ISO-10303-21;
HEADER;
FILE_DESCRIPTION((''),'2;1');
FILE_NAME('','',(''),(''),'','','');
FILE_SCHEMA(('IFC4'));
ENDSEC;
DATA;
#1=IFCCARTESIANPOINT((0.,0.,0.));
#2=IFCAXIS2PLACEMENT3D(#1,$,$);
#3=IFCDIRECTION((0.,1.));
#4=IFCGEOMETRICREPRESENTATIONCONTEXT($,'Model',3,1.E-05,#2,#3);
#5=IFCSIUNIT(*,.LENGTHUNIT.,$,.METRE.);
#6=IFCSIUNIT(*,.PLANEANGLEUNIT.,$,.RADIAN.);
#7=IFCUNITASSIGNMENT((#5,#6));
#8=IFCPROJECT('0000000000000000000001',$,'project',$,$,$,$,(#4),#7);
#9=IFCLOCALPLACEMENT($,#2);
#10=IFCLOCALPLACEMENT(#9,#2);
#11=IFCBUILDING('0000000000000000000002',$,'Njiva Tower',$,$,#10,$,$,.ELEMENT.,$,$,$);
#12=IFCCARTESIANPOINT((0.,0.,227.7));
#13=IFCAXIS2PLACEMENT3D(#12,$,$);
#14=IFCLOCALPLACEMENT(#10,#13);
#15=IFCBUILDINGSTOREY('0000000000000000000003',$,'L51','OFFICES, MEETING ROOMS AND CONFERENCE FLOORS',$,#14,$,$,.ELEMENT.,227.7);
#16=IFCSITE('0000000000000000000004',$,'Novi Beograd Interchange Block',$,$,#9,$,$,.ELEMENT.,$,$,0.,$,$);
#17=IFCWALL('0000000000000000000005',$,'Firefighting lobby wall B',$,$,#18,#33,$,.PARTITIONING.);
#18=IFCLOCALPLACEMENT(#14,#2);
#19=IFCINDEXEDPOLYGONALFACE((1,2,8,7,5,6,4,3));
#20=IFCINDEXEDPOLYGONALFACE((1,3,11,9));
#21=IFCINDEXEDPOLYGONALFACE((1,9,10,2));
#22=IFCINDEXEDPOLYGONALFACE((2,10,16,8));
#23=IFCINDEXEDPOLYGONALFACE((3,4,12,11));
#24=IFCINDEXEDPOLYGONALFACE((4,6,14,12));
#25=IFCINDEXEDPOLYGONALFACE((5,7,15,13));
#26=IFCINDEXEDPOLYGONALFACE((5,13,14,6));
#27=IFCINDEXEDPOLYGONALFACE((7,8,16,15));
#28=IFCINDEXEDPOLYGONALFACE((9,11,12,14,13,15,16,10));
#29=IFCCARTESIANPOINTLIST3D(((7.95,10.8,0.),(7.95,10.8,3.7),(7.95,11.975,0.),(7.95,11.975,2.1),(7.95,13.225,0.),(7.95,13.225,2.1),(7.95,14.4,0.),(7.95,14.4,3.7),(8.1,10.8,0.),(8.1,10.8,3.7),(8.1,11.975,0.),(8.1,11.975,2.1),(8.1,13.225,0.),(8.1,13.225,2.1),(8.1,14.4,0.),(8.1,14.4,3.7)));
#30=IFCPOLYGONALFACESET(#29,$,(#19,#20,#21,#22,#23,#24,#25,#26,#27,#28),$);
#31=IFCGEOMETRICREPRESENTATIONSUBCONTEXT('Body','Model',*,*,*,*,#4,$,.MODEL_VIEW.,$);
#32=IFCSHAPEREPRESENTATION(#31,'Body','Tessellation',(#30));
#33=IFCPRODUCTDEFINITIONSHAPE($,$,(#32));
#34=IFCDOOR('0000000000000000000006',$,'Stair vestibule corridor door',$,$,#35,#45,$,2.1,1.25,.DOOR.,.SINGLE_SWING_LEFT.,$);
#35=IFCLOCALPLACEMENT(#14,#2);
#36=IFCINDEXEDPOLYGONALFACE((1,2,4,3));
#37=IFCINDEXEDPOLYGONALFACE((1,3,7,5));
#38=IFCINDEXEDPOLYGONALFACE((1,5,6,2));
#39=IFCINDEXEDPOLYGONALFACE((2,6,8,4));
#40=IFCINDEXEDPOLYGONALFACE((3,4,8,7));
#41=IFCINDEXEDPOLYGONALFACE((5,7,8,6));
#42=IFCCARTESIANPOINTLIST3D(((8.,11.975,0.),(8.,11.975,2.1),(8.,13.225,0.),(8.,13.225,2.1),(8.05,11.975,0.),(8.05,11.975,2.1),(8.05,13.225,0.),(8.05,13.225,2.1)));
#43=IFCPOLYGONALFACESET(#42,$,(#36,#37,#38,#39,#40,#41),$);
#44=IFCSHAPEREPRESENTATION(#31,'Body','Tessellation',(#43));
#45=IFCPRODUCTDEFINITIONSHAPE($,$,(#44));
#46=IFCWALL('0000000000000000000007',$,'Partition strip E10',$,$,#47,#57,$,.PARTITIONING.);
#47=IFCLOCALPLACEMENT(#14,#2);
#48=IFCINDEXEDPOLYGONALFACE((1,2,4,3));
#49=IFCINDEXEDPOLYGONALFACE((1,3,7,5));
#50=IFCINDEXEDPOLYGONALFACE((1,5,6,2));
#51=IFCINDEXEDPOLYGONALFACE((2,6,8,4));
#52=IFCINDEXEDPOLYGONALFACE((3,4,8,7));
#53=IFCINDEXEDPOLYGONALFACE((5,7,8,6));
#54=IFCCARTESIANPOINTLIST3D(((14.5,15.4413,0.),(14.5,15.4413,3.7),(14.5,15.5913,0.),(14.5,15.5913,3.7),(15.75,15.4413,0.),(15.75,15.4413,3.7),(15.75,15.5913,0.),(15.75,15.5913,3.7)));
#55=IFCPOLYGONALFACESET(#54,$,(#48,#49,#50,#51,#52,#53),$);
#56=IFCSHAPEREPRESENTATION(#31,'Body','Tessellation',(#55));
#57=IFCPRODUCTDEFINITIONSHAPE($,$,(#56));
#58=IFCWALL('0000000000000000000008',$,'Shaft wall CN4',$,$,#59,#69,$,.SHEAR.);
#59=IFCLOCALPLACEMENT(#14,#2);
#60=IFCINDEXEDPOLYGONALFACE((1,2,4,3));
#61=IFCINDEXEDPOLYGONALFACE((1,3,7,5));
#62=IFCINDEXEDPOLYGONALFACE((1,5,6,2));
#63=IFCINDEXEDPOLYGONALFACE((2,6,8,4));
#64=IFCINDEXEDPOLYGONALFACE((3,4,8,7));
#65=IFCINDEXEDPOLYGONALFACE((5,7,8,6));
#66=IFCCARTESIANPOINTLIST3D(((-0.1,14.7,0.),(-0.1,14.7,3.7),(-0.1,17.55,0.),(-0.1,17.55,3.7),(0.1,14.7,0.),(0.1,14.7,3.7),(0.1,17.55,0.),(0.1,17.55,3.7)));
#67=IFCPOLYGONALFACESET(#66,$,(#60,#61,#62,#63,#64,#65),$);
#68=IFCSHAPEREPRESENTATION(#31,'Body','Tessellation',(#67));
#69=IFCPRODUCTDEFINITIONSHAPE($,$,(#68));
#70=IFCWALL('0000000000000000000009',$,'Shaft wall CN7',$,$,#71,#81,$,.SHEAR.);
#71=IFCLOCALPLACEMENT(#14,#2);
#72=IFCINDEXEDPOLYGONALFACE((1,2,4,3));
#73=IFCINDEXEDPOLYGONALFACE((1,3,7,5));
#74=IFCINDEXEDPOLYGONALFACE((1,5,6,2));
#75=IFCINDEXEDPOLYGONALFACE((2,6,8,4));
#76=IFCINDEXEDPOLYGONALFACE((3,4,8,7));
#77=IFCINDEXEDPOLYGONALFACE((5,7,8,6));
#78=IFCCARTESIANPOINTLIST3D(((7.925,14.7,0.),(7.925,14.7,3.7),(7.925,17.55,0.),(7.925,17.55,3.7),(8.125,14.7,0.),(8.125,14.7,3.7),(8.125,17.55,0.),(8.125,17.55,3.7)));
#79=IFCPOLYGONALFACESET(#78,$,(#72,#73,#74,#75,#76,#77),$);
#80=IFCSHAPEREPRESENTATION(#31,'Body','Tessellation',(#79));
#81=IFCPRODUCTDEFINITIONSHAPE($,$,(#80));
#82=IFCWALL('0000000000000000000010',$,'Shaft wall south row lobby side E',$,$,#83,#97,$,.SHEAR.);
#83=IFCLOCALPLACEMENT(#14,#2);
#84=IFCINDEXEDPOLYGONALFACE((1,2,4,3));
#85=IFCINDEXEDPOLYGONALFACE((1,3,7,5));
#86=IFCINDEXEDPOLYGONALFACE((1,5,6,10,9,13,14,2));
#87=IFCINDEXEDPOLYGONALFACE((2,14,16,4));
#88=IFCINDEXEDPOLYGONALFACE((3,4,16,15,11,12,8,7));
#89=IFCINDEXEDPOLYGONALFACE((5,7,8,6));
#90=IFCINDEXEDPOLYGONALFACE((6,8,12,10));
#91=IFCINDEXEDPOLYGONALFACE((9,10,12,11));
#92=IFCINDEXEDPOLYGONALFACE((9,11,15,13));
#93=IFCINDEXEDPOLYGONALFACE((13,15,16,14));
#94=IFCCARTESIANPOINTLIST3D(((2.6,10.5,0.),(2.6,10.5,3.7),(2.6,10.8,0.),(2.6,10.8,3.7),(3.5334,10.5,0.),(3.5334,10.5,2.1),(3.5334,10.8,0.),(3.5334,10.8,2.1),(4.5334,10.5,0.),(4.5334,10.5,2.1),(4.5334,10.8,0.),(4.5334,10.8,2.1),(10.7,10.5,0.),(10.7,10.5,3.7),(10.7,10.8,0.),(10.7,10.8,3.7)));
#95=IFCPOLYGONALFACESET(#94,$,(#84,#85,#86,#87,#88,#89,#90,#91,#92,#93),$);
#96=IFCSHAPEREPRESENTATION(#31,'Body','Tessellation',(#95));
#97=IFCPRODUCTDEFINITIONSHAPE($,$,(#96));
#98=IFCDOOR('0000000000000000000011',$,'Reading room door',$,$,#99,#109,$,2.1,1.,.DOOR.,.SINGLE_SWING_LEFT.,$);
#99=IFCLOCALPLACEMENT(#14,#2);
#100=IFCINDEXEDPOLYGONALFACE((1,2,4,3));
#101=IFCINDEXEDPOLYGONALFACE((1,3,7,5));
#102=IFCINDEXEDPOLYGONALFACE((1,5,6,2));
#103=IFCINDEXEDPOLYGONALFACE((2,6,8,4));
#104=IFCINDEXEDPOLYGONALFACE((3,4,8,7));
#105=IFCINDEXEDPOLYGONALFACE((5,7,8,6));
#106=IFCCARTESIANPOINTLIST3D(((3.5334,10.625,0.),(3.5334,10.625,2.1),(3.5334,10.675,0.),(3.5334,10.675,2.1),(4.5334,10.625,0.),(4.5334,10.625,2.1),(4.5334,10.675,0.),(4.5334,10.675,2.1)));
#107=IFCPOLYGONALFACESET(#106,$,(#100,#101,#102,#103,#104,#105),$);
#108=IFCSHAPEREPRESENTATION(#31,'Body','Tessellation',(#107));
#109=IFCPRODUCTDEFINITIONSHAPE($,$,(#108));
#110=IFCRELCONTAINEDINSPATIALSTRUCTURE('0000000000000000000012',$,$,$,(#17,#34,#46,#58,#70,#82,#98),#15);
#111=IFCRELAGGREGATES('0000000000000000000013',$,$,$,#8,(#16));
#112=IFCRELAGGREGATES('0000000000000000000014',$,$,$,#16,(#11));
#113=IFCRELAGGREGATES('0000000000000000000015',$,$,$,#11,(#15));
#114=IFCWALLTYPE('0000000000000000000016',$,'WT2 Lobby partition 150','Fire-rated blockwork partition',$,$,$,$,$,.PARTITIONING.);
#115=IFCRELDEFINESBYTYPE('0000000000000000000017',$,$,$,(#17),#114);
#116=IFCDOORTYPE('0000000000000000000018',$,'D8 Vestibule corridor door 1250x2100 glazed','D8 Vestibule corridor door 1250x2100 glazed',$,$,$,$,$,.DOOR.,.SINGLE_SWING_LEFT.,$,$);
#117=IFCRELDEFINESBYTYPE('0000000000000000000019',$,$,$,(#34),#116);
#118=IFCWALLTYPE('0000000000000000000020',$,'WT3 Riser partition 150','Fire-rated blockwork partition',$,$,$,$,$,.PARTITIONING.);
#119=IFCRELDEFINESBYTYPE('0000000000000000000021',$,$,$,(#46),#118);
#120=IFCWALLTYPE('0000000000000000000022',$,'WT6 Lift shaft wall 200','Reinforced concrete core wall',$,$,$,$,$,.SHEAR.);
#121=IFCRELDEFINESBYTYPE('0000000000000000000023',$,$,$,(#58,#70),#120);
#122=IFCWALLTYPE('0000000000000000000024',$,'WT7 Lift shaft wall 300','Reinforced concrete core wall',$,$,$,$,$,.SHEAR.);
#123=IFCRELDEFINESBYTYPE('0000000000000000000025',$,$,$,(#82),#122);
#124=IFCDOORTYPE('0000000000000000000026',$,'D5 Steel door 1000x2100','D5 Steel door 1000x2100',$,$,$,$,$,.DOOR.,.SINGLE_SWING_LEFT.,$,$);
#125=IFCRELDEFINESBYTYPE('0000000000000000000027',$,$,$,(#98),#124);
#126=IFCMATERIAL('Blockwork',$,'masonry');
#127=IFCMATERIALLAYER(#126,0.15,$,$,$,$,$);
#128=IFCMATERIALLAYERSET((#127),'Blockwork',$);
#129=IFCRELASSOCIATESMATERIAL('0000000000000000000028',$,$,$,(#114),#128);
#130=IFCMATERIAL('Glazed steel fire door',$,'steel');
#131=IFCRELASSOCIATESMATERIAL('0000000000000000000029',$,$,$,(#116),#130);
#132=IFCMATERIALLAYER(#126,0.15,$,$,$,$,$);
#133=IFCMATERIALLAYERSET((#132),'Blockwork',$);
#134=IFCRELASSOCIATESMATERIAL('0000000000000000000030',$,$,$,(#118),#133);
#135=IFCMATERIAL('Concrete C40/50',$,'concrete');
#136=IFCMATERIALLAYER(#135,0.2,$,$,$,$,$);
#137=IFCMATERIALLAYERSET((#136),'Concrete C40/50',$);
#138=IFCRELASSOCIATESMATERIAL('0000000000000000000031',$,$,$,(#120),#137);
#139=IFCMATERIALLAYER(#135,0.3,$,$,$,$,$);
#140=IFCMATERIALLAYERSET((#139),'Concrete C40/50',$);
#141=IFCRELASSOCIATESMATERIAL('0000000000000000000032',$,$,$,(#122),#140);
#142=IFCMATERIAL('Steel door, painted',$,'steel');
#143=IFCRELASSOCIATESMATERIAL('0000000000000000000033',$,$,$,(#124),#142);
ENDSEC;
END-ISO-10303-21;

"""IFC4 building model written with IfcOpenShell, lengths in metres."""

from ifc_helpers import new_model, si_unit, direction, frame, frame_2d, origin, place, context, subcontext, project, spatial, rectangle, extrude, material, layer, layer_set, type_object, element, fill, save


model = new_model("IFC4")

# Units and contexts
model_context = context("Model", 3, precision=1e-05, world=origin(), true_north=direction((0.0, 1.0)))
body_context = subcontext(model_context, "Body", "Model", "MODEL_VIEW")
ifc_project = project(units=[si_unit("LENGTHUNIT", "METRE"), si_unit("PLANEANGLEUNIT", "RADIAN")], contexts=[model_context])

# Site, building, storey
site_placement = place(None, origin())
site = spatial("IfcSite", under=ifc_project, at=site_placement, Name="Novi Beograd Interchange Block", CompositionType="ELEMENT", RefElevation=0.0)
building_placement = place(site_placement, origin())
building = spatial("IfcBuilding", under=site, at=building_placement, Name="Njiva Tower", CompositionType="ELEMENT")
storey_placement = place(building_placement, frame((0.0, 0.0, 227.7)))
storey = spatial("IfcBuildingStorey", under=building, at=storey_placement, Name="L51", Description="OFFICES, MEETING ROOMS AND CONFERENCE FLOORS", CompositionType="ELEMENT", Elevation=227.7)

# Shared definitions
ifc_material_1 = material(Name="Blockwork", Category="masonry")

# Wall, opening, door
ifc_material_2 = material(Name="Concrete C40/50", Category="concrete")
ifc_material_3 = material(Name="Glazed steel fire door", Category="steel")
ifc_layer_1 = layer(ifc_material_1, 0.15)
ifc_layer_set_1 = layer_set([ifc_layer_1], Name="Blockwork")
wall_type_1 = type_object("IfcWallType", Name="WT2 Lobby partition 150", Description="Fire-rated blockwork partition", PredefinedType="PARTITIONING", material=ifc_layer_set_1)
wall_1_placement = place(storey_placement, frame((8.025, 10.8, 0.0), z_axis=(0.0, 0.0, 1.0), x_axis=(0.0, 1.0, 0.0)))
wall_1 = element("IfcWall", 1, at=wall_1_placement, inside=storey, type_object=wall_type_1, Name="Firefighting lobby wall B", PredefinedType="PARTITIONING", context=body_context, shape_type="SweptSolid", body=[
    extrude(rectangle(XDim=3.6, YDim=0.15, at=frame_2d((1.8, 0.0))), origin(), (0.0, 0.0, 1.0), 3.7),
])
opening_1_placement = place(wall_1_placement, frame((1.175, 0.0, 0.0)))
opening_1 = element("IfcOpeningElement", 2, at=opening_1_placement, cuts=wall_1, PredefinedType="OPENING", context=body_context, shape_type="SweptSolid", body=[
    extrude(rectangle(XDim=1.25, YDim=2.1, at=frame_2d((0.625, 1.05))), frame((0.0, 0.085, 0.0), z_axis=(0.0, -1.0, 0.0), x_axis=(1.0, 0.0, 0.0)), (0.0, 0.0, 1.0), 0.17),
])
door_type_1 = type_object("IfcDoorType", Name="D8 Vestibule corridor door 1250x2100 glazed", Description="D8 Vestibule corridor door 1250x2100 glazed", OperationType="SINGLE_SWING_LEFT", PredefinedType="DOOR", material=ifc_material_3)
door_1_placement = place(opening_1_placement, origin())
door_1 = element("IfcDoor", 3, at=door_1_placement, inside=storey, type_object=door_type_1, Name="Stair vestibule corridor door", OperationType="SINGLE_SWING_LEFT", OverallHeight=2.1, OverallWidth=1.25, PredefinedType="DOOR", context=body_context, shape_type="SweptSolid", body=[
    extrude(rectangle(XDim=1.25, YDim=2.1, at=frame_2d((0.625, 1.05))), frame((0.0, 0.025, 0.0), z_axis=(0.0, -1.0, 0.0), x_axis=(1.0, 0.0, 0.0)), (0.0, 0.0, 1.0), 0.05),
])
fill(opening_1, door_1)

# Walls
ifc_layer_2 = layer(ifc_material_1, 0.15)
ifc_layer_set_2 = layer_set([ifc_layer_2], Name="Blockwork")
wall_type_2 = type_object("IfcWallType", Name="WT3 Riser partition 150", Description="Fire-rated blockwork partition", PredefinedType="PARTITIONING", material=ifc_layer_set_2)
wall_2_placement = place(storey_placement, frame((14.5, 15.5163, 0.0), z_axis=(0.0, 0.0, 1.0), x_axis=(1.0, 0.0, 0.0)))
element("IfcWall", 4, at=wall_2_placement, inside=storey, type_object=wall_type_2, Name="Partition strip E10", PredefinedType="PARTITIONING", context=body_context, shape_type="SweptSolid", body=[
    extrude(rectangle(XDim=1.25, YDim=0.15, at=frame_2d((0.625, 0.0))), origin(), (0.0, 0.0, 1.0), 3.7),
])
ifc_layer_3 = layer(ifc_material_2, 0.2)
ifc_layer_set_3 = layer_set([ifc_layer_3], Name="Concrete C40/50")
wall_type_3 = type_object("IfcWallType", Name="WT6 Lift shaft wall 200", Description="Reinforced concrete core wall", PredefinedType="SHEAR", material=ifc_layer_set_3)
for number, where, z_axis, x_axis, name in (
    (5, (0.0, 14.7, 0.0), (0.0, 0.0, 1.0), (0.0, 1.0, 0.0), "Shaft wall CN4"),
    (6, (8.025, 14.7, 0.0), (0.0, 0.0, 1.0), (0.0, 1.0, 0.0), "Shaft wall CN7"),
):
    element("IfcWall", number, at=place(storey_placement, frame(where, z_axis=z_axis, x_axis=x_axis)), inside=storey, type_object=wall_type_3, Name=name, PredefinedType="SHEAR", context=body_context, shape_type="SweptSolid", body=[
        extrude(rectangle(XDim=2.85, YDim=0.2, at=frame_2d((1.425, 0.0))), origin(), (0.0, 0.0, 1.0), 3.7),
    ])

# Wall, opening, door
ifc_layer_4 = layer(ifc_material_2, 0.3)
ifc_layer_set_4 = layer_set([ifc_layer_4], Name="Concrete C40/50")
wall_type_4 = type_object("IfcWallType", Name="WT7 Lift shaft wall 300", Description="Reinforced concrete core wall", PredefinedType="SHEAR", material=ifc_layer_set_4)
wall_3_placement = place(storey_placement, frame((2.6, 10.65, 0.0), z_axis=(0.0, 0.0, 1.0), x_axis=(1.0, 0.0, 0.0)))
wall_3 = element("IfcWall", 7, at=wall_3_placement, inside=storey, type_object=wall_type_4, Name="Shaft wall south row lobby side E", PredefinedType="SHEAR", context=body_context, shape_type="SweptSolid", body=[
    extrude(rectangle(XDim=8.1, YDim=0.3, at=frame_2d((4.05, 0.0))), origin(), (0.0, 0.0, 1.0), 3.7),
])
opening_2_placement = place(wall_3_placement, frame((0.9334, 0.0, 0.0)))
opening_2 = element("IfcOpeningElement", 8, at=opening_2_placement, cuts=wall_3, PredefinedType="OPENING", context=body_context, shape_type="SweptSolid", body=[
    extrude(rectangle(XDim=1.0, YDim=2.1, at=frame_2d((0.5, 1.05))), frame((0.0, 0.16, 0.0), z_axis=(0.0, -1.0, 0.0), x_axis=(1.0, 0.0, 0.0)), (0.0, 0.0, 1.0), 0.32),
])
ifc_material_4 = material(Name="Steel door, painted", Category="steel")
door_type_2 = type_object("IfcDoorType", Name="D5 Steel door 1000x2100", Description="D5 Steel door 1000x2100", OperationType="SINGLE_SWING_LEFT", PredefinedType="DOOR", material=ifc_material_4)
door_2_placement = place(opening_2_placement, origin())
door_2 = element("IfcDoor", 9, at=door_2_placement, inside=storey, type_object=door_type_2, Name="Reading room door", OperationType="SINGLE_SWING_LEFT", OverallHeight=2.1, OverallWidth=1.0, PredefinedType="DOOR", context=body_context, shape_type="SweptSolid", body=[
    extrude(rectangle(XDim=1.0, YDim=2.1, at=frame_2d((0.5, 1.05))), frame((0.0, 0.025, 0.0), z_axis=(0.0, -1.0, 0.0), x_axis=(1.0, 0.0, 0.0)), (0.0, 0.0, 1.0), 0.05),
])
fill(opening_2, door_2)

save(model, "model.ifc")
